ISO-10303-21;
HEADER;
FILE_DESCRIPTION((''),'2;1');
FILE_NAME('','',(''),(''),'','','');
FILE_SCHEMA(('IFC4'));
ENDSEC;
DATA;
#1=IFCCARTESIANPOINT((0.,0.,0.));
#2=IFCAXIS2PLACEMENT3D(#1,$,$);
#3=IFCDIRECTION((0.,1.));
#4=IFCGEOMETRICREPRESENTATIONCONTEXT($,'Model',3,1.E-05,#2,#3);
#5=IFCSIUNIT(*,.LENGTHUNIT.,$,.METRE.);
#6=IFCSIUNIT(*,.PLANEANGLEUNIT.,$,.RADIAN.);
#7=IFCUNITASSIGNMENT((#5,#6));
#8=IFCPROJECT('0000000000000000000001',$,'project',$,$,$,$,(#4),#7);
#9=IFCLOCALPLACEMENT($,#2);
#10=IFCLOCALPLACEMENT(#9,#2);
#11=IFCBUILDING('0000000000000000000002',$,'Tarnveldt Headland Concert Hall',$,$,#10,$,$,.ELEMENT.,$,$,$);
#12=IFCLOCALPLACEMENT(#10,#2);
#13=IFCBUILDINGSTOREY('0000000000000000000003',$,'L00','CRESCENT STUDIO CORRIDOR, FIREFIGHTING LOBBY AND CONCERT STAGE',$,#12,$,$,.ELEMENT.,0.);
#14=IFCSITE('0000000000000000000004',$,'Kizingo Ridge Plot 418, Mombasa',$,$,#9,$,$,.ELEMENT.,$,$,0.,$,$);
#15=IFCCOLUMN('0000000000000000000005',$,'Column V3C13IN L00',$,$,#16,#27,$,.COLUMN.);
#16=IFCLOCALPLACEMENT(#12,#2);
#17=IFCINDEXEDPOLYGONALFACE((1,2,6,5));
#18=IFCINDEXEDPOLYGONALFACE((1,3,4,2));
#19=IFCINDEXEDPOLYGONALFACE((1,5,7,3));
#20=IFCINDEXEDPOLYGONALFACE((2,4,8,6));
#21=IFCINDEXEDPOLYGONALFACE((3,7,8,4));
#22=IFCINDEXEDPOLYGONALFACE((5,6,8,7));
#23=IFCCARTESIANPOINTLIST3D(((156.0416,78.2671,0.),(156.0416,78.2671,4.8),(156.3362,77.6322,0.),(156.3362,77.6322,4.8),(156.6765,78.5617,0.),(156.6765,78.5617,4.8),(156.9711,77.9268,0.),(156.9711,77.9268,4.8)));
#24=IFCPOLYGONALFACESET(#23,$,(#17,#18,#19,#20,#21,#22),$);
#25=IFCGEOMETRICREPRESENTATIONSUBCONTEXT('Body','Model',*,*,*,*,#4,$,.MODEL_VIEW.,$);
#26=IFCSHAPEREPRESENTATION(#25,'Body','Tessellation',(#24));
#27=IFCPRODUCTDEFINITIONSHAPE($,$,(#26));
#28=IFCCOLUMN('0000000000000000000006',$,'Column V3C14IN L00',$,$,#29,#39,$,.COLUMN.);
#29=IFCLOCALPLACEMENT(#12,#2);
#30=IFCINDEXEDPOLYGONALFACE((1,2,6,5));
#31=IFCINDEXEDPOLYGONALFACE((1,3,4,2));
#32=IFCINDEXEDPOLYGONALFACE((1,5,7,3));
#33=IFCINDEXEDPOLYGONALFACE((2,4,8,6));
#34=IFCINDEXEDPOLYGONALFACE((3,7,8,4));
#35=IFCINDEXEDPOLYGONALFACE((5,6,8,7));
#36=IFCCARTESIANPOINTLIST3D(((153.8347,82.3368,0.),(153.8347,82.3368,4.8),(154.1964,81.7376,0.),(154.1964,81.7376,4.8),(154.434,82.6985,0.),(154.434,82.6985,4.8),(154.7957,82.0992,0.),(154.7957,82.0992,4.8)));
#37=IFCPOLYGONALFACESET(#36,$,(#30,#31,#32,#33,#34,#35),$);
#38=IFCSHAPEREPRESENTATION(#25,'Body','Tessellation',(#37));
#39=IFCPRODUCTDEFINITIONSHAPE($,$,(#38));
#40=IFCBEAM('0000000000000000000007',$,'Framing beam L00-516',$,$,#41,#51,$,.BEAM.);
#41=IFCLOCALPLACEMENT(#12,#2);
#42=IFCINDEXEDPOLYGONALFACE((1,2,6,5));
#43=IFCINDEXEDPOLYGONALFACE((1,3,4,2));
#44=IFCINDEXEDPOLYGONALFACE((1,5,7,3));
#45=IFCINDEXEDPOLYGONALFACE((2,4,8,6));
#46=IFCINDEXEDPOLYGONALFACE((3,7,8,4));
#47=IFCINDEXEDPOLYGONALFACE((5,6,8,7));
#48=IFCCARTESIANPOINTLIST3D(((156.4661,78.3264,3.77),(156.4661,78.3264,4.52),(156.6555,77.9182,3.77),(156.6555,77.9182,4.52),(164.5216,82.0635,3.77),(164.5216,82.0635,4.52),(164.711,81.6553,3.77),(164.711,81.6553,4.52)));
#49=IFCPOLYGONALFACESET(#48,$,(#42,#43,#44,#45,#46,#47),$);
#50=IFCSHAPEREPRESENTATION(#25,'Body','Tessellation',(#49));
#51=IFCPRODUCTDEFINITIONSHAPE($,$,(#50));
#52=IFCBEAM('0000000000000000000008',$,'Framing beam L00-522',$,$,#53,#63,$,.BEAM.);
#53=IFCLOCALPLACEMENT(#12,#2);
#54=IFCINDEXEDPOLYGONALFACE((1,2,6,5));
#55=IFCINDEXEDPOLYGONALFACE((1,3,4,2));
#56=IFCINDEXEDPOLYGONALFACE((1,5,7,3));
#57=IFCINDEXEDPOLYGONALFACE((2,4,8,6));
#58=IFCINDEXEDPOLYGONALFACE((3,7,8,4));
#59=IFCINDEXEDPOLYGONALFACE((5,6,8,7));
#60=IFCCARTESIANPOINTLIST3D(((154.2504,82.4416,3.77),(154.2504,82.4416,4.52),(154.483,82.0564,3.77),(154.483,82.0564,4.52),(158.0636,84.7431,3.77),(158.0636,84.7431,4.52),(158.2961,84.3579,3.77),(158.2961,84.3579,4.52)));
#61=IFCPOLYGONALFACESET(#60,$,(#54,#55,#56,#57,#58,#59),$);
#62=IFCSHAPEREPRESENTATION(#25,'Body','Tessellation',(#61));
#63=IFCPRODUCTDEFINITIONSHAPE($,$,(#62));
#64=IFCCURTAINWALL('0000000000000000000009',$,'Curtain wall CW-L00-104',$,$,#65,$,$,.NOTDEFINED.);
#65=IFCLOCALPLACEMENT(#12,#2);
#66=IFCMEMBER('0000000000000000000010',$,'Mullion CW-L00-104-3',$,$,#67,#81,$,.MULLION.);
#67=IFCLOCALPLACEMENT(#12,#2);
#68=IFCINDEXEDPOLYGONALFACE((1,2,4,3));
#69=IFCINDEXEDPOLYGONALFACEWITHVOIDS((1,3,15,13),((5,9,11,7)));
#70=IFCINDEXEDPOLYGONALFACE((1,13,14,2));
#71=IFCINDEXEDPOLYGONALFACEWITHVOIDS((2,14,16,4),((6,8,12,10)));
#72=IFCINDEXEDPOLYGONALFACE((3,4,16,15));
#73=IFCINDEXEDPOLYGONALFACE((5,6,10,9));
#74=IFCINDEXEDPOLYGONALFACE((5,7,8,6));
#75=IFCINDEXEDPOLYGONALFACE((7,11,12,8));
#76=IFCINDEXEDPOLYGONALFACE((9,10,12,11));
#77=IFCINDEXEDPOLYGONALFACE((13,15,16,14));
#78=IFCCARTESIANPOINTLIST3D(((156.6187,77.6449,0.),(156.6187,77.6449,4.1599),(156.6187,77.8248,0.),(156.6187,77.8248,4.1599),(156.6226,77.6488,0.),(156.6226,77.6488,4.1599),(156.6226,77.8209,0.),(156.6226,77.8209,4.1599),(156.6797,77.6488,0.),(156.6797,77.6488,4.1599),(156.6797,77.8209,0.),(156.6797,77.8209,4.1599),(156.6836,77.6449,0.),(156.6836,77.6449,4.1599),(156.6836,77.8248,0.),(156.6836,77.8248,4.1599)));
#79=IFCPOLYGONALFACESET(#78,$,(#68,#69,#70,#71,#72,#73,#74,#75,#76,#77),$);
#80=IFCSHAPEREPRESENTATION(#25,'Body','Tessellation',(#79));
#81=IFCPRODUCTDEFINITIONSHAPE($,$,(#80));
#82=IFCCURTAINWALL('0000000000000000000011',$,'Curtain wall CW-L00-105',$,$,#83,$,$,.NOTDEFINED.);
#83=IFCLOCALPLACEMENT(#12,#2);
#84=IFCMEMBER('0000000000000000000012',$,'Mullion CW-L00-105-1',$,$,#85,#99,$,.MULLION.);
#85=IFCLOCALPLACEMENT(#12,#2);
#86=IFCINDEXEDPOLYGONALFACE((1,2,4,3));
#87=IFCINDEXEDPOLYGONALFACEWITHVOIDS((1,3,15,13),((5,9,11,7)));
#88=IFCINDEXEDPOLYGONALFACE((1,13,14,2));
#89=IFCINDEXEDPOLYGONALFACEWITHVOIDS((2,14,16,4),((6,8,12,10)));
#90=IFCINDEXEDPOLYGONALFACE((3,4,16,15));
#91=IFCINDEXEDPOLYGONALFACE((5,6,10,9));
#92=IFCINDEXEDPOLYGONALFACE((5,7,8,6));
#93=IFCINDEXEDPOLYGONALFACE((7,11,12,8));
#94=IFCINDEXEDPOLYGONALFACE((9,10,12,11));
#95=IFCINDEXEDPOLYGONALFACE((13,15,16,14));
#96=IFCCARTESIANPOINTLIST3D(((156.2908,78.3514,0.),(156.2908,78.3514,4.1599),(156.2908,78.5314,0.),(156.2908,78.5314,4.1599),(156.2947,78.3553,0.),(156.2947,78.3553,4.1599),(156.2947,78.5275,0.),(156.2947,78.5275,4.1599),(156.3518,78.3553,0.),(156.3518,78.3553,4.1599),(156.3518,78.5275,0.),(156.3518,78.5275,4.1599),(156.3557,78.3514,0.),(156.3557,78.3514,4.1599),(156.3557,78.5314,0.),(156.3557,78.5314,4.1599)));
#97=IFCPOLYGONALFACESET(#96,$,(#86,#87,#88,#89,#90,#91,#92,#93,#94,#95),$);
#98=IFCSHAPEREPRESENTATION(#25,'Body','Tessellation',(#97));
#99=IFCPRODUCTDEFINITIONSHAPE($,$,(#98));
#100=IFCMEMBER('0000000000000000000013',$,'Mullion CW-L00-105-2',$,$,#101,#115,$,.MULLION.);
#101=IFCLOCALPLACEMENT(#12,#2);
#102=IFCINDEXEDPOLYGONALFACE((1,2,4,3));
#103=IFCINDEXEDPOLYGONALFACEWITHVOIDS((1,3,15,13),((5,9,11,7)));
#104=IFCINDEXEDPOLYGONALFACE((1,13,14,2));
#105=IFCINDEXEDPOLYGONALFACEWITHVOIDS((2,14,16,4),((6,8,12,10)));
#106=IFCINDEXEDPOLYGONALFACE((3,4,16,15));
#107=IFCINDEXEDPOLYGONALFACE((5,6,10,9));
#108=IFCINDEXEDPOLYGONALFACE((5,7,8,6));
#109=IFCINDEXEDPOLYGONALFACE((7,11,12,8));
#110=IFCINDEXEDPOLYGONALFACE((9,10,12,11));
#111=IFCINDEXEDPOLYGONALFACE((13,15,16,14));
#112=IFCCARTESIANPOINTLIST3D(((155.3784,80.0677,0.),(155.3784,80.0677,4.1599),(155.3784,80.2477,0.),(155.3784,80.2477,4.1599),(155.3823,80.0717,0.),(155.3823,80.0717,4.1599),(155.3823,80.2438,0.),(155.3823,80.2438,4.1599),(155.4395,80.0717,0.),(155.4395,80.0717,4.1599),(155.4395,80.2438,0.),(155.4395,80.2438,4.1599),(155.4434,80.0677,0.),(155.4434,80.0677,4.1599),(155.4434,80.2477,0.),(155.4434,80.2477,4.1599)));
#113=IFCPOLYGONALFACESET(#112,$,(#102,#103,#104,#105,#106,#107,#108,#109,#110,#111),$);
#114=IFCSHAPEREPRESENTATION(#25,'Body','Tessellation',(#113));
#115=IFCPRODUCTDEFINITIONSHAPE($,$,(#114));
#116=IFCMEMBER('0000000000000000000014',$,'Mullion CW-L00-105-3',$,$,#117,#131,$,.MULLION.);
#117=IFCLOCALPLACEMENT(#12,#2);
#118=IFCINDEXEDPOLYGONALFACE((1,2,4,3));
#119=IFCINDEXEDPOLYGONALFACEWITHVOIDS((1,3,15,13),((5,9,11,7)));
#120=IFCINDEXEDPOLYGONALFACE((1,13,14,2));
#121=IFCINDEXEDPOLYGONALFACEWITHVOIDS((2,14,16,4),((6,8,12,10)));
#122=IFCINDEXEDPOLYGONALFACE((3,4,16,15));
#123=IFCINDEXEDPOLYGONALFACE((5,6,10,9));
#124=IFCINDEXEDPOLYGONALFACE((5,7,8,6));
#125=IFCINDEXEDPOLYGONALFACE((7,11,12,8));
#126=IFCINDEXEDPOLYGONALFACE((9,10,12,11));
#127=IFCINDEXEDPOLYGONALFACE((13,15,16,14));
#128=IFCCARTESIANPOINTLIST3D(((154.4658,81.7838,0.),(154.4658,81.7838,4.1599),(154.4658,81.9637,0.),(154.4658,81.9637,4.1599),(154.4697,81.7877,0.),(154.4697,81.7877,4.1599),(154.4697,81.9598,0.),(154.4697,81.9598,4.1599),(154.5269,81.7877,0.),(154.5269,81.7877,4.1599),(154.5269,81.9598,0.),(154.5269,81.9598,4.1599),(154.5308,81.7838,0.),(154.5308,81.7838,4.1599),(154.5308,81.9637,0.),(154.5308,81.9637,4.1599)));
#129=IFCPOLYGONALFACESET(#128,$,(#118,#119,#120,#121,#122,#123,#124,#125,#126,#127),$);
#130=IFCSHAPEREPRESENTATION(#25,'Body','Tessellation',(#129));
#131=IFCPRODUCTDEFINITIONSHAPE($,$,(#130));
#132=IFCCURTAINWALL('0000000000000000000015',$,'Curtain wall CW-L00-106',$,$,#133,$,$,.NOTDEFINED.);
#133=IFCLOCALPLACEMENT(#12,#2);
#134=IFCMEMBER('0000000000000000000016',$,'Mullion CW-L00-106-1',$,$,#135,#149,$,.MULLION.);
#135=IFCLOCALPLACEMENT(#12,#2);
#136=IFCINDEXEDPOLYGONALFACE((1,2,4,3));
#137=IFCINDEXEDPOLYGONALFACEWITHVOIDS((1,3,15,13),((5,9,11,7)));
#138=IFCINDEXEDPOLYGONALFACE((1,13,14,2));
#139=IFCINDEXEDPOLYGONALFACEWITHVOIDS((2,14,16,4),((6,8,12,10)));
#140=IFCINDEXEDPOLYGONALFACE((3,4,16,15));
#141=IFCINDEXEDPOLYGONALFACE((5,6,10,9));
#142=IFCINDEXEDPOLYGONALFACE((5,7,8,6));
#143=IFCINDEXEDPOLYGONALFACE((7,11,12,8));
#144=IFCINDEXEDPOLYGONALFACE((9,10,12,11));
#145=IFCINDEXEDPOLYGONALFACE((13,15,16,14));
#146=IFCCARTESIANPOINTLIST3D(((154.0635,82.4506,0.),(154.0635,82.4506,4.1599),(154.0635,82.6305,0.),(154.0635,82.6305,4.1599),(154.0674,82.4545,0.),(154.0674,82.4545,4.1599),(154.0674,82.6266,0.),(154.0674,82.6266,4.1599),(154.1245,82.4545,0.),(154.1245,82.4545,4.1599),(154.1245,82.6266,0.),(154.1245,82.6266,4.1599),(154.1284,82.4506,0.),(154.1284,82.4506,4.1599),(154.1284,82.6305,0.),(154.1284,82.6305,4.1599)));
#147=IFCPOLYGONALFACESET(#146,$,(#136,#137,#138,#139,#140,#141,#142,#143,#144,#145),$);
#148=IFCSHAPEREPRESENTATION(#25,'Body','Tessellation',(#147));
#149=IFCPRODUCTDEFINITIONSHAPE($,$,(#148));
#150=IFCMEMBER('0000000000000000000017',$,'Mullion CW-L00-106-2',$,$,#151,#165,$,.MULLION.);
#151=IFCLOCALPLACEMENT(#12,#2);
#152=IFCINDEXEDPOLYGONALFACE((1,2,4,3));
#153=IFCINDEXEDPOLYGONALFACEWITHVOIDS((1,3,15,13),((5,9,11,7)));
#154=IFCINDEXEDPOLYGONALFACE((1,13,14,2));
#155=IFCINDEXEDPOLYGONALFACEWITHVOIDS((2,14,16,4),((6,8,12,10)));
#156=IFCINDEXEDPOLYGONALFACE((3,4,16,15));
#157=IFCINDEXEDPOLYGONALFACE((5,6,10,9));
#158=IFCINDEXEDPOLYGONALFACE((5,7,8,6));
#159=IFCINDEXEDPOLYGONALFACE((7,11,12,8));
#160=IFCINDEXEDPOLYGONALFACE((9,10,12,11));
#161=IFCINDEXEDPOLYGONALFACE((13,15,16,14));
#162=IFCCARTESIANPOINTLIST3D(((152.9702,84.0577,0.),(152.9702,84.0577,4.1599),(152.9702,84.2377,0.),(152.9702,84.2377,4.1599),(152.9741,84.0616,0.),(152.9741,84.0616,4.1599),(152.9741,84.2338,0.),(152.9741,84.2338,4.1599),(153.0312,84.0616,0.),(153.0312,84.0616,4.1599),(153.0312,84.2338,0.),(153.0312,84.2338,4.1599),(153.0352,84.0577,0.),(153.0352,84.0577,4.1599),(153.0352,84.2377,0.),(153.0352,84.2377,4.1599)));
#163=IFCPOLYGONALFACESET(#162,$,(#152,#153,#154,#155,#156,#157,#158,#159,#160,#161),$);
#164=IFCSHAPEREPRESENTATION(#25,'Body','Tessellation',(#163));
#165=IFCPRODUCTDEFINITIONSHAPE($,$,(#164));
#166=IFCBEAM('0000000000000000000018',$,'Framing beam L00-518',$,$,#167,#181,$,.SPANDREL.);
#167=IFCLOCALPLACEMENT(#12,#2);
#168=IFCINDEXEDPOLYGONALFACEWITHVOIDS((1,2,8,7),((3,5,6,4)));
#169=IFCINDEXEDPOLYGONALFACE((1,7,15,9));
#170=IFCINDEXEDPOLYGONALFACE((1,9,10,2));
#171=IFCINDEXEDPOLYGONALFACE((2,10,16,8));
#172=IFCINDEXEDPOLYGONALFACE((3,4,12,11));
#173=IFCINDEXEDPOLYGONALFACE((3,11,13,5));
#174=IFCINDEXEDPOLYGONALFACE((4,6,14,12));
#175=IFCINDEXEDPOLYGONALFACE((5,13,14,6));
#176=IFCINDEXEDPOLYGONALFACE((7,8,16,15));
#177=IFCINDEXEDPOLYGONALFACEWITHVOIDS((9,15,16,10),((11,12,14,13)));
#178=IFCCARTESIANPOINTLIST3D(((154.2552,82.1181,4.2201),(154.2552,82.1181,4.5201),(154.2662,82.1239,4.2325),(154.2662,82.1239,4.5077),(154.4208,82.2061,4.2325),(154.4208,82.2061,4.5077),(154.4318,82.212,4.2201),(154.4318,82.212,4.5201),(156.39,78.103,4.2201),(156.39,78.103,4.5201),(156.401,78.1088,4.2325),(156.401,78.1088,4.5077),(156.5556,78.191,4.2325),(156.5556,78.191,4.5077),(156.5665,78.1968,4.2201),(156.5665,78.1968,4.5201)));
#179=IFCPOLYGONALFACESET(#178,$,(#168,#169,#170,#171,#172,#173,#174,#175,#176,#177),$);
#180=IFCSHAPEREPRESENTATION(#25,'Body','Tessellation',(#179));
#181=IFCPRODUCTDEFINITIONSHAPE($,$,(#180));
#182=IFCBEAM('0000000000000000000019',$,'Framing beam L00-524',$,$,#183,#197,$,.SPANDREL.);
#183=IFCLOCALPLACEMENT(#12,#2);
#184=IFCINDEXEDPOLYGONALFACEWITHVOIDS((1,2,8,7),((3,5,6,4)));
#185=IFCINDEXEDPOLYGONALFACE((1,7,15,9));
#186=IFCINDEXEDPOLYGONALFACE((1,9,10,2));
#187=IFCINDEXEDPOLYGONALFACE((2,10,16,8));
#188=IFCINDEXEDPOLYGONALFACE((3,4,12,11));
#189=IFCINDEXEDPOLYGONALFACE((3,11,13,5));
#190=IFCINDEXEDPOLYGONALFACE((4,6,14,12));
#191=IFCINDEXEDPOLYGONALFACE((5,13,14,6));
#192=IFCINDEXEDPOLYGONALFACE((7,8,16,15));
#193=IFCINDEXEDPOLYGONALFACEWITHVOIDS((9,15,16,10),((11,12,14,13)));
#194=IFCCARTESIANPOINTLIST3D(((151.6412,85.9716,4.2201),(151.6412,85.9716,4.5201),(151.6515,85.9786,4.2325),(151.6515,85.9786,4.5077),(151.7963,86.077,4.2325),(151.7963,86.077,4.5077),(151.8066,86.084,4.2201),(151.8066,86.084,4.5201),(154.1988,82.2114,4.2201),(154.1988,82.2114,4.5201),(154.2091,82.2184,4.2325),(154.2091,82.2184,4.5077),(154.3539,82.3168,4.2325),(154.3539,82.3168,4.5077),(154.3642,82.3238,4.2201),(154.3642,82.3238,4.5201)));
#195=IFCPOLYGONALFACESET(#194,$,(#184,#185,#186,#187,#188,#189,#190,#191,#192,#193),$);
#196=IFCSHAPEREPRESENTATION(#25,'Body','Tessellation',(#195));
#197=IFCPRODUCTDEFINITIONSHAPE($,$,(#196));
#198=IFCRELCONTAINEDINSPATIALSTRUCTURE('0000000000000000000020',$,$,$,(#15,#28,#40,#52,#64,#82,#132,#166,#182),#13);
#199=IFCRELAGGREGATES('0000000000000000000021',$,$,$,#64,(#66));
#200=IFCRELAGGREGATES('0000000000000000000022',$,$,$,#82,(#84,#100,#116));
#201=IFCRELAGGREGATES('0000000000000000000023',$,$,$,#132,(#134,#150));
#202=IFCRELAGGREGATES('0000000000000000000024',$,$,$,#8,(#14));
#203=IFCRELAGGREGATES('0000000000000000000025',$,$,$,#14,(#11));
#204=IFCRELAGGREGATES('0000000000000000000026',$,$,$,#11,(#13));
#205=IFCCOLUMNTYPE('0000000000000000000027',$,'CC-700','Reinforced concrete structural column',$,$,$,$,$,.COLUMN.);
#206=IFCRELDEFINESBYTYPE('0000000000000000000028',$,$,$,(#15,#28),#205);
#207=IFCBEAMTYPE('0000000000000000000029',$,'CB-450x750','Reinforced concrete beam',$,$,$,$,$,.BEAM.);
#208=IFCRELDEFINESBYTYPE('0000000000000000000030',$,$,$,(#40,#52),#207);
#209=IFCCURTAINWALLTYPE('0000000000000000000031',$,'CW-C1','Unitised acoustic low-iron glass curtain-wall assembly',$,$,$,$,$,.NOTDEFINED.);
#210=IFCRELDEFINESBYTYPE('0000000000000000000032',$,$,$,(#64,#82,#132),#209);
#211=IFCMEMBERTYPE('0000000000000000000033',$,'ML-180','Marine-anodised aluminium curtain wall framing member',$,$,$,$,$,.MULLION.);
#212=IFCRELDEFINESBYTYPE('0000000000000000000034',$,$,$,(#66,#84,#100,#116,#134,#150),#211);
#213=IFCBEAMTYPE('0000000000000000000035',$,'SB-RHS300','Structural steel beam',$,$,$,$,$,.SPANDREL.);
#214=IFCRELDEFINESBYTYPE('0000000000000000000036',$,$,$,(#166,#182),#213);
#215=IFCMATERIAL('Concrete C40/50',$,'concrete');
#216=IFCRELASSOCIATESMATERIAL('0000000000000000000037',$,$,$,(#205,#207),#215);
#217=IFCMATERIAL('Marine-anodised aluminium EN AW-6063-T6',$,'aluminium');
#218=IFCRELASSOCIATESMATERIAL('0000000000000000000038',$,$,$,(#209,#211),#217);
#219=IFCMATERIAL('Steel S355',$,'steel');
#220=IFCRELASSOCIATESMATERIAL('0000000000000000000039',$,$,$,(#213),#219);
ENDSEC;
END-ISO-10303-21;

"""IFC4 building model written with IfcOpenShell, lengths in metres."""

from ifc_helpers import new_model, si_unit, direction, frame, origin, origin_2d, place, context, subcontext, project, spatial, rectangle, hollow_rectangle, extrude, material, material_profile, profile_set, type_object, element, aggregate, save


model = new_model("IFC4")

# Units and contexts
model_context = context("Model", 3, precision=1e-05, world=origin(), true_north=direction((0.0, 1.0)))
body_context = subcontext(model_context, "Body", "Model", "MODEL_VIEW")
ifc_project = project(units=[si_unit("LENGTHUNIT", "METRE"), si_unit("PLANEANGLEUNIT", "RADIAN")], contexts=[model_context])

# Site, building, storey
site_placement = place(None, origin())
site = spatial("IfcSite", under=ifc_project, at=site_placement, Name="Kizingo Ridge Plot 418, Mombasa", CompositionType="ELEMENT", RefElevation=0.0)
building_placement = place(site_placement, origin())
building = spatial("IfcBuilding", under=site, at=building_placement, Name="Tarnveldt Headland Concert Hall", CompositionType="ELEMENT")
storey_placement = place(building_placement, origin())
storey = spatial("IfcBuildingStorey", under=building, at=storey_placement, Name="L00", Description="CRESCENT STUDIO CORRIDOR, FIREFIGHTING LOBBY AND CONCERT STAGE", CompositionType="ELEMENT", Elevation=0.0)

# Columns
ifc_material_1 = material(Name="Concrete C40/50", Category="concrete")
ifc_material_profile_1 = material_profile(ifc_material_1, rectangle(XDim=0.7, YDim=0.7, at=origin_2d()), Name="RC 700x700", Category="concrete")
ifc_profile_set_1 = profile_set([ifc_material_profile_1], Name="Concrete C40/50")
column_type = type_object("IfcColumnType", Name="CC-700", Description="Reinforced concrete structural column", PredefinedType="COLUMN", material=ifc_profile_set_1)
for number, where, z_axis, x_axis, name in (
    (1, (156.5063, 78.0969, 0.0), (0.0, 0.0, 1.0), (0.907117, 0.420877, 0.0), "Column V3C13IN L00"),
    (2, (154.3152, 82.218, 0.0), (0.0, 0.0, 1.0), (0.856177, 0.516683, 0.0), "Column V3C14IN L00"),
):
    element("IfcColumn", number, at=place(storey_placement, frame(where, z_axis=z_axis, x_axis=x_axis)), inside=storey, type_object=column_type, Name=name, PredefinedType="COLUMN", context=body_context, shape_type="SweptSolid", body=[
        extrude(rectangle(XDim=0.7, YDim=0.7, at=origin_2d()), origin(), (0.0, 0.0, 1.0), 4.8),
    ])

# Beams
ifc_material_profile_2 = material_profile(ifc_material_1, rectangle(XDim=0.45, YDim=0.75, at=origin_2d()), Name="RC 450x750", Category="concrete")
ifc_profile_set_2 = profile_set([ifc_material_profile_2], Name="Concrete C40/50")
beam_type_1 = type_object("IfcBeamType", Name="CB-450x750", Description="Reinforced concrete beam", PredefinedType="BEAM", material=ifc_profile_set_2)
beam_1_placement = place(storey_placement, frame((156.5608, 78.1223, 4.145), z_axis=(0.907136, 0.420837, 0.0), x_axis=(-0.420837, 0.907136, 0.0)))
element("IfcBeam", 3, at=beam_1_placement, inside=storey, type_object=beam_type_1, Name="Framing beam L00-516", PredefinedType="BEAM", context=body_context, shape_type="SweptSolid", body=[
    extrude(rectangle(XDim=0.45, YDim=0.75, at=origin_2d()), origin(), (0.0, 0.0, 1.0), 8.8801),
])
beam_2_placement = place(storey_placement, frame((154.3667, 82.249, 4.145), z_axis=(0.856145, 0.516735, 0.0), x_axis=(-0.516735, 0.856145, 0.0)))
element("IfcBeam", 4, at=beam_2_placement, inside=storey, type_object=beam_type_1, Name="Framing beam L00-522", PredefinedType="BEAM", context=body_context, shape_type="SweptSolid", body=[
    extrude(rectangle(XDim=0.45, YDim=0.75, at=origin_2d()), origin(), (0.0, 0.0, 1.0), 4.4539),
])

# Curtain wall, member
ifc_material_2 = material(Name="Marine-anodised aluminium EN AW-6063-T6", Category="aluminium")
curtain_wall_type = type_object("IfcCurtainWallType", Name="CW-C1", Description="Unitised acoustic low-iron glass curtain-wall assembly", PredefinedType="NOTDEFINED", material=ifc_material_2)
curtain_wall_1_placement = place(storey_placement, origin())
curtain_wall_1 = element("IfcCurtainWall", 5, at=curtain_wall_1_placement, inside=storey, type_object=curtain_wall_type, Name="Curtain wall CW-L00-104", PredefinedType="NOTDEFINED")
ifc_material_profile_3 = material_profile(ifc_material_2, hollow_rectangle(XDim=0.0649, YDim=0.1799, WallThickness=0.0039, at=origin_2d()), Name="ALU MULLION 65x180x4", Category="aluminium")
ifc_profile_set_3 = profile_set([ifc_material_profile_3], Name="Marine-anodised aluminium EN AW-6063-T6")
member_type_1 = type_object("IfcMemberType", Name="ML-180", Description="Marine-anodised aluminium curtain wall framing member", PredefinedType="MULLION", material=ifc_profile_set_3)
member_1_placement = place(storey_placement, frame((156.6511, 77.7349, 0.0), z_axis=(0.0, 0.0, 1.0), x_axis=(1.0, 0.0, 0.0)))
member_1 = element("IfcMember", 6, at=member_1_placement, type_object=member_type_1, Name="Mullion CW-L00-104-3", PredefinedType="MULLION", context=body_context, shape_type="SweptSolid", body=[
    extrude(hollow_rectangle(XDim=0.0649, YDim=0.1799, WallThickness=0.0039, at=origin_2d()), origin(), (0.0, 0.0, 1.0), 4.1599),
])

# Curtain walls, members
curtain_wall_2_placement = place(storey_placement, origin())
curtain_wall_2 = element("IfcCurtainWall", 7, at=curtain_wall_2_placement, inside=storey, type_object=curtain_wall_type, Name="Curtain wall CW-L00-105", PredefinedType="NOTDEFINED")
member_2_placement = place(storey_placement, frame((156.3232, 78.4414, 0.0), z_axis=(0.0, 0.0, 1.0), x_axis=(1.0, 0.0, 0.0)))
member_2 = element("IfcMember", 8, at=member_2_placement, type_object=member_type_1, Name="Mullion CW-L00-105-1", PredefinedType="MULLION", context=body_context, shape_type="SweptSolid", body=[
    extrude(hollow_rectangle(XDim=0.0649, YDim=0.1799, WallThickness=0.0039, at=origin_2d()), origin(), (0.0, 0.0, 1.0), 4.1599),
])
member_3_placement = place(storey_placement, frame((155.4109, 80.1577, 0.0), z_axis=(0.0, 0.0, 1.0), x_axis=(1.0, 0.0, 0.0)))
member_3 = element("IfcMember", 9, at=member_3_placement, type_object=member_type_1, Name="Mullion CW-L00-105-2", PredefinedType="MULLION", context=body_context, shape_type="SweptSolid", body=[
    extrude(hollow_rectangle(XDim=0.0649, YDim=0.1799, WallThickness=0.0039, at=origin_2d()), origin(), (0.0, 0.0, 1.0), 4.1599),
])
member_4_placement = place(storey_placement, frame((154.4983, 81.8738, 0.0), z_axis=(0.0, 0.0, 1.0), x_axis=(1.0, 0.0, 0.0)))
member_4 = element("IfcMember", 10, at=member_4_placement, type_object=member_type_1, Name="Mullion CW-L00-105-3", PredefinedType="MULLION", context=body_context, shape_type="SweptSolid", body=[
    extrude(hollow_rectangle(XDim=0.0649, YDim=0.1799, WallThickness=0.0039, at=origin_2d()), origin(), (0.0, 0.0, 1.0), 4.1599),
])
curtain_wall_3_placement = place(storey_placement, origin())
curtain_wall_3 = element("IfcCurtainWall", 11, at=curtain_wall_3_placement, inside=storey, type_object=curtain_wall_type, Name="Curtain wall CW-L00-106", PredefinedType="NOTDEFINED")
member_5_placement = place(storey_placement, frame((154.0959, 82.5405, 0.0), z_axis=(0.0, 0.0, 1.0), x_axis=(1.0, 0.0, 0.0)))
member_5 = element("IfcMember", 12, at=member_5_placement, type_object=member_type_1, Name="Mullion CW-L00-106-1", PredefinedType="MULLION", context=body_context, shape_type="SweptSolid", body=[
    extrude(hollow_rectangle(XDim=0.0649, YDim=0.1799, WallThickness=0.0039, at=origin_2d()), origin(), (0.0, 0.0, 1.0), 4.1599),
])
member_6_placement = place(storey_placement, frame((153.0027, 84.1477, 0.0), z_axis=(0.0, 0.0, 1.0), x_axis=(1.0, 0.0, 0.0)))
member_6 = element("IfcMember", 13, at=member_6_placement, type_object=member_type_1, Name="Mullion CW-L00-106-2", PredefinedType="MULLION", context=body_context, shape_type="SweptSolid", body=[
    extrude(hollow_rectangle(XDim=0.0649, YDim=0.1799, WallThickness=0.0039, at=origin_2d()), origin(), (0.0, 0.0, 1.0), 4.1599),
])

# Beams
ifc_material_3 = material(Name="Steel S355", Category="steel")
ifc_material_profile_4 = material_profile(ifc_material_3, hollow_rectangle(XDim=0.2, YDim=0.3, WallThickness=0.0125, at=origin_2d()), Name="RHS 300x200x12.5", Category="steel")
ifc_profile_set_4 = profile_set([ifc_material_profile_4], Name="Steel S355")
beam_type_2 = type_object("IfcBeamType", Name="SB-RHS300", Description="Structural steel beam", PredefinedType="SPANDREL", material=ifc_profile_set_4)
beam_3_placement = place(storey_placement, frame((156.4783, 78.1499, 4.3701), z_axis=(-0.469451, 0.882959, 0.0), x_axis=(-0.882959, -0.469451, 0.0)))
element("IfcBeam", 14, at=beam_3_placement, inside=storey, type_object=beam_type_2, Name="Framing beam L00-518", PredefinedType="SPANDREL", context=body_context, shape_type="SweptSolid", body=[
    extrude(hollow_rectangle(XDim=0.2, YDim=0.3, WallThickness=0.0125, at=origin_2d()), origin(), (0.0, 0.0, 1.0), 4.5474),
])
beam_4_placement = place(storey_placement, frame((154.2815, 82.2676, 4.3701), z_axis=(-0.562407, 0.826861, 0.0), x_axis=(-0.826861, -0.562407, 0.0)))
element("IfcBeam", 15, at=beam_4_placement, inside=storey, type_object=beam_type_2, Name="Framing beam L00-524", PredefinedType="SPANDREL", context=body_context, shape_type="SweptSolid", body=[
    extrude(hollow_rectangle(XDim=0.2, YDim=0.3, WallThickness=0.0125, at=origin_2d()), origin(), (0.0, 0.0, 1.0), 4.5476),
])

aggregate(curtain_wall_1, [member_1])
aggregate(curtain_wall_2, [member_2, member_3, member_4])
aggregate(curtain_wall_3, [member_5, member_6])

save(model, "model.ifc")
